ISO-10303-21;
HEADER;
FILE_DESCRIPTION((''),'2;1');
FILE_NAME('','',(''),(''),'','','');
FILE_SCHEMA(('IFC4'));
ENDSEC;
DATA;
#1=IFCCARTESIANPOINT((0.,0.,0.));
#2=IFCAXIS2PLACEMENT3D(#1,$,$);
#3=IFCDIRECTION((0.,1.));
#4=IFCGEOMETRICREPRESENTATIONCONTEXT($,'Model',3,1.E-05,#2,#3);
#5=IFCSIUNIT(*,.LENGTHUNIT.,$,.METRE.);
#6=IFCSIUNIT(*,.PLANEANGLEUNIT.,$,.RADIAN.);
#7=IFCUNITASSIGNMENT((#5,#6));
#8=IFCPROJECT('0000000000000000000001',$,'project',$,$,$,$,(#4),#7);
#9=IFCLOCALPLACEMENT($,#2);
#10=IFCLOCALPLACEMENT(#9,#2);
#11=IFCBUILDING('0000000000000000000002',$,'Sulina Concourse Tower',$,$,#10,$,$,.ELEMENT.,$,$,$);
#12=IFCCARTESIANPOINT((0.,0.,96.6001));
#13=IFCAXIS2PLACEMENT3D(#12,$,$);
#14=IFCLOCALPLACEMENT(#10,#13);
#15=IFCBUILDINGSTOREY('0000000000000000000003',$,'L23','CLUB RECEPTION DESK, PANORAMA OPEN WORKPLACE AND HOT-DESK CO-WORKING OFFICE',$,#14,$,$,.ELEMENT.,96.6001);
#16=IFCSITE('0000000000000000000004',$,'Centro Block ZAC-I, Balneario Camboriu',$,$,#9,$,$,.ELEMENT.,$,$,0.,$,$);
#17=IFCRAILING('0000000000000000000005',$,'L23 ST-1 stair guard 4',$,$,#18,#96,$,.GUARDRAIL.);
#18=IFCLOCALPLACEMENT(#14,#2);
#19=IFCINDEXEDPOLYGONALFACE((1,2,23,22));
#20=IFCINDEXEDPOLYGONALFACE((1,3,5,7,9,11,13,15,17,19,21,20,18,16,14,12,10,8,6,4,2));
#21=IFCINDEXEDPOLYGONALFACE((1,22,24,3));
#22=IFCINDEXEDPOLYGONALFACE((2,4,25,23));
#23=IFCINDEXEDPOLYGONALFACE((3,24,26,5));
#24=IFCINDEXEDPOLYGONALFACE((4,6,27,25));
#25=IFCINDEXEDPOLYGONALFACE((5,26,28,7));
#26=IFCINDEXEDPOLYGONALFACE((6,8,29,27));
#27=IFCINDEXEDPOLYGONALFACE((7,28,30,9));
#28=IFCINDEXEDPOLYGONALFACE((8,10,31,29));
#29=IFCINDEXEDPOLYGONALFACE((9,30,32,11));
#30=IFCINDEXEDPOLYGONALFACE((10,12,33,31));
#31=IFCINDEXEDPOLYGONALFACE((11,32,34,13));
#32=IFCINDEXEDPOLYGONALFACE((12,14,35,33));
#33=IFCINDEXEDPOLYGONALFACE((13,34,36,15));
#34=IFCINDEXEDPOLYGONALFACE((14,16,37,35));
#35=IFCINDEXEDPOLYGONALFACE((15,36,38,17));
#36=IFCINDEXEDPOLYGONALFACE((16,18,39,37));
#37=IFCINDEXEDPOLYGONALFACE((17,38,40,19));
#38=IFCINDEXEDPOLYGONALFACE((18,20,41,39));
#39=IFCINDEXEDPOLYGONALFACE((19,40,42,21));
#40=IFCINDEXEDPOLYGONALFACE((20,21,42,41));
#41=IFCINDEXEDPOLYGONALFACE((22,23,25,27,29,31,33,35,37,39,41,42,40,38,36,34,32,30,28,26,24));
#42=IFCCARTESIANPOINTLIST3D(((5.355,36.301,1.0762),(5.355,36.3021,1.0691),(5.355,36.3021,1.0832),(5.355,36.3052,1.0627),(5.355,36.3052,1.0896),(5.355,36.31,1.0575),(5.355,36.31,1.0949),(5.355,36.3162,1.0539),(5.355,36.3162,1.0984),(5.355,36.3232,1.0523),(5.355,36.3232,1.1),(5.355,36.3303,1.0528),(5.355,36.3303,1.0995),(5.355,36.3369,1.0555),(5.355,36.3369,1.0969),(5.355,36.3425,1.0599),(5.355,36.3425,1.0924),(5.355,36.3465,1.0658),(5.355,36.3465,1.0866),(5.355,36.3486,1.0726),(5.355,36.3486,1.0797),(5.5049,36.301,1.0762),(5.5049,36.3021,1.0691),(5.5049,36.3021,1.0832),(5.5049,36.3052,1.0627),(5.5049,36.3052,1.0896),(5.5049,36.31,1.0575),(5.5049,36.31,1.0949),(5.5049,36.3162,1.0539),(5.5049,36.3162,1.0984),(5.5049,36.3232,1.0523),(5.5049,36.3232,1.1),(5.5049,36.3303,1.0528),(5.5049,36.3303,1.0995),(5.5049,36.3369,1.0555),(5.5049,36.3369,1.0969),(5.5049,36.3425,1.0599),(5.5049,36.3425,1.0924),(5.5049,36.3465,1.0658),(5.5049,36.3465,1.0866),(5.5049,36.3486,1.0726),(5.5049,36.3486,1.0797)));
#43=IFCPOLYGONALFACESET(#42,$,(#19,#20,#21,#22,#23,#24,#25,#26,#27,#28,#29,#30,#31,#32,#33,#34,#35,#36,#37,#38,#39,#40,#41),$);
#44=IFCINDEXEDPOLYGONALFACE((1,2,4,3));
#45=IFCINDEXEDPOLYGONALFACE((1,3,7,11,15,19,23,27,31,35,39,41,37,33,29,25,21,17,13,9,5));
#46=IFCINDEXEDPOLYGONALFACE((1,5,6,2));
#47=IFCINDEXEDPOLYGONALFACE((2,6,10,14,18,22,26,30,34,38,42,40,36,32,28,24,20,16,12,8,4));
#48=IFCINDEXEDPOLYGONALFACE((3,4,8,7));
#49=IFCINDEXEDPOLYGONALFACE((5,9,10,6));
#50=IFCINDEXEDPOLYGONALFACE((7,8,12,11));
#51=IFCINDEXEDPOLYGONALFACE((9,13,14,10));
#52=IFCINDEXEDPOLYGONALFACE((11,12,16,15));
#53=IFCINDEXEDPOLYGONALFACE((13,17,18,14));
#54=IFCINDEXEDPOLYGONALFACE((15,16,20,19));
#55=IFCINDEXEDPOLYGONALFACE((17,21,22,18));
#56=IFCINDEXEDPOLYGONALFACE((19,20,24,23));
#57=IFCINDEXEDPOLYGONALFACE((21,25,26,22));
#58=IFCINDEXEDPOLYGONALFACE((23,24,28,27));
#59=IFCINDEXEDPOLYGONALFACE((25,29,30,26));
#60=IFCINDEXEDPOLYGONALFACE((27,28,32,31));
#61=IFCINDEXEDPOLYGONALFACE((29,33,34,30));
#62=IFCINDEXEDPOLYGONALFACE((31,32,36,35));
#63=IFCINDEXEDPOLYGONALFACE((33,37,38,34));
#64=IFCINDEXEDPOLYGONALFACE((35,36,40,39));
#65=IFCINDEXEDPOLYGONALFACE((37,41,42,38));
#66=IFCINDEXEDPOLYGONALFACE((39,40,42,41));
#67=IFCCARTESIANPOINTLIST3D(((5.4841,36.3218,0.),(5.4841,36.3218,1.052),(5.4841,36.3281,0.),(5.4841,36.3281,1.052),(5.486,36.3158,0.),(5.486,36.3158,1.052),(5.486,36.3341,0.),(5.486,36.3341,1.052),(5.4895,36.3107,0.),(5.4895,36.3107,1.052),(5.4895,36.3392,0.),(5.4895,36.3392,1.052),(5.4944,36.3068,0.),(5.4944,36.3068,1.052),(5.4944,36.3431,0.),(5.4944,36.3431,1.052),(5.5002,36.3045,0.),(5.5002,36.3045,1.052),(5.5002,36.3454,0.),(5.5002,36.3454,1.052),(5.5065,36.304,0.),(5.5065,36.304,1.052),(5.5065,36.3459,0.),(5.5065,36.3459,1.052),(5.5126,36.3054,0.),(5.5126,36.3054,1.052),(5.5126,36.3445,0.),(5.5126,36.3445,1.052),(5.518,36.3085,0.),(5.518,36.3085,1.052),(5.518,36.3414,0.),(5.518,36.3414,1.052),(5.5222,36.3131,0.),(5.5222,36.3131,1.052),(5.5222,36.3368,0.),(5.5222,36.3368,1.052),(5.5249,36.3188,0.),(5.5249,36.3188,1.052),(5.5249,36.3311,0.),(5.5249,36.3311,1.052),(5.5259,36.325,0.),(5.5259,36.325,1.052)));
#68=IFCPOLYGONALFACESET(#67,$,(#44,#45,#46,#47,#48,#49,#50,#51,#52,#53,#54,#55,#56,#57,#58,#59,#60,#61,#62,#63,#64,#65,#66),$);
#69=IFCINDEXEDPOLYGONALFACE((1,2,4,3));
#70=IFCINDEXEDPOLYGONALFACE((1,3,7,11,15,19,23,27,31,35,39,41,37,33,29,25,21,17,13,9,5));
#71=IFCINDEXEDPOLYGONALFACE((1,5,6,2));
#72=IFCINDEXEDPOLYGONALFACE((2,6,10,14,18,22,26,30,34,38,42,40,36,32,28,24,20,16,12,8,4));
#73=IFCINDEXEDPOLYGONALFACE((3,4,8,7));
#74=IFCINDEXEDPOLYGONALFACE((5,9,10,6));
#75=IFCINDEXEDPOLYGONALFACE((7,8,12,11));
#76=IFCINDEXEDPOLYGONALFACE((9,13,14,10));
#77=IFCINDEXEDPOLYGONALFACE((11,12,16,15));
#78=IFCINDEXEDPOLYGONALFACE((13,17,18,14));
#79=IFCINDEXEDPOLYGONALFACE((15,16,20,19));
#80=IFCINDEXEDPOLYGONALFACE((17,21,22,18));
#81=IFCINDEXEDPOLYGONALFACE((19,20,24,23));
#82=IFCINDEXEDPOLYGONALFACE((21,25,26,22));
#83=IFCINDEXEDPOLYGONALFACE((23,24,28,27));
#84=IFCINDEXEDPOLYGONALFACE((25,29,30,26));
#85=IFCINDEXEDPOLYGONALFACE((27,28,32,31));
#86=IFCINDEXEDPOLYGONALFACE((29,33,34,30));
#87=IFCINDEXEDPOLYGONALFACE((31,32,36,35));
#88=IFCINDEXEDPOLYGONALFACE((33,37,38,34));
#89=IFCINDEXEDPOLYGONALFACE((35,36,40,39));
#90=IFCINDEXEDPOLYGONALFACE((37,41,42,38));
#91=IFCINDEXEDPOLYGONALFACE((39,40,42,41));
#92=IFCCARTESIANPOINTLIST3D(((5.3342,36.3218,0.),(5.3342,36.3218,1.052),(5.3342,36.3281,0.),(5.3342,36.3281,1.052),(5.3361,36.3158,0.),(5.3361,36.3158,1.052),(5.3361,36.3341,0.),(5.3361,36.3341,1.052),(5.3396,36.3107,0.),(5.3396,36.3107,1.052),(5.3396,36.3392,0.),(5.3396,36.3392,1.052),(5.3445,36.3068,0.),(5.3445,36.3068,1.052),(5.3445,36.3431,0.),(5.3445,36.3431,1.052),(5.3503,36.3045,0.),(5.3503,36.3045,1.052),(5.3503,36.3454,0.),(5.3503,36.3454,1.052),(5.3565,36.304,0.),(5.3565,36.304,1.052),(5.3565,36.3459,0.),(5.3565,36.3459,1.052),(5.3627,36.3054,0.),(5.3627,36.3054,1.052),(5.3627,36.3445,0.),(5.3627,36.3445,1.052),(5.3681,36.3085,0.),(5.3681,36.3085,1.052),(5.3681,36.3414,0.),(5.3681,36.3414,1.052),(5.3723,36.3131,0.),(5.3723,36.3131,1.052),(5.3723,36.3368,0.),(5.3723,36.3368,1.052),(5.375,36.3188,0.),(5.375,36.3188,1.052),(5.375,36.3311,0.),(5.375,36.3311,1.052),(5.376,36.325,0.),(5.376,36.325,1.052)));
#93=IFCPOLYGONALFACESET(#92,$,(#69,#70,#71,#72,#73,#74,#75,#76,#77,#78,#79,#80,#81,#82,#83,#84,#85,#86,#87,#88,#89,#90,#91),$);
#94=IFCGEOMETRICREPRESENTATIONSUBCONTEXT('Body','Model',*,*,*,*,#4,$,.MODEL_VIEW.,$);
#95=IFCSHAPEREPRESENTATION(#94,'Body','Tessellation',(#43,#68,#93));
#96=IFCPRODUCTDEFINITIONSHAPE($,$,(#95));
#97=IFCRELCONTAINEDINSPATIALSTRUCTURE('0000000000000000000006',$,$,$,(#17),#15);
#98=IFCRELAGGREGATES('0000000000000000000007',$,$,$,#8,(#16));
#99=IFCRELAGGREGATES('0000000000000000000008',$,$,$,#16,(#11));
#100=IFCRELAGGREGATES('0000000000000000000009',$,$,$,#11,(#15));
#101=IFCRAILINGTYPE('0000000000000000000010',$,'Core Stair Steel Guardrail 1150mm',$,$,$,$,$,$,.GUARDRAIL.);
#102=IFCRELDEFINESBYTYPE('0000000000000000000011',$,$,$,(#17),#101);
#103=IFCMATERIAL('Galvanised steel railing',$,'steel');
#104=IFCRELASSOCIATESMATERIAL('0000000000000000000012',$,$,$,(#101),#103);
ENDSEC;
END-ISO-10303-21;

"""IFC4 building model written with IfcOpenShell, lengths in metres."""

from ifc_helpers import new_model, si_unit, direction, frame, origin, origin_2d, place, context, subcontext, project, spatial, circle, extrude, material, type_object, element, save


model = new_model("IFC4")

# Units and contexts
model_context = context("Model", 3, precision=1e-05, world=origin(), true_north=direction((0.0, 1.0)))
body_context = subcontext(model_context, "Body", "Model", "MODEL_VIEW")
ifc_project = project(units=[si_unit("LENGTHUNIT", "METRE"), si_unit("PLANEANGLEUNIT", "RADIAN")], contexts=[model_context])

# Site, building, storey
site_placement = place(None, origin())
site = spatial("IfcSite", under=ifc_project, at=site_placement, Name="Centro Block ZAC-I, Balneario Camboriu", CompositionType="ELEMENT", RefElevation=0.0)
building_placement = place(site_placement, origin())
building = spatial("IfcBuilding", under=site, at=building_placement, Name="Sulina Concourse Tower", CompositionType="ELEMENT")
storey_placement = place(building_placement, frame((0.0, 0.0, 96.6001)))
storey = spatial("IfcBuildingStorey", under=building, at=storey_placement, Name="L23", Description="CLUB RECEPTION DESK, PANORAMA OPEN WORKPLACE AND HOT-DESK CO-WORKING OFFICE", CompositionType="ELEMENT", Elevation=96.6001)

# Railing
ifc_material_1 = material(Name="Galvanised steel railing", Category="steel")
railing_type_1 = type_object("IfcRailingType", Name="Core Stair Steel Guardrail 1150mm", PredefinedType="GUARDRAIL", material=ifc_material_1)
railing_1_placement = place(storey_placement, frame((5.5049, 36.325, 0.0)))
element("IfcRailing", 1, at=railing_1_placement, inside=storey, type_object=railing_type_1, Name="L23 ST-1 stair guard 4", PredefinedType="GUARDRAIL", context=body_context, shape_type="SweptSolid", body=[
    extrude(circle(Radius=0.0239, at=origin_2d()), frame((0.0, 0.0, 1.0762), z_axis=(-1.0, 0.0, 0.0), x_axis=(0.0, -1.0, 0.0)), (0.0, 0.0, 1.0), 0.1499),
    extrude(circle(Radius=0.021, at=origin_2d()), origin(), (0.0, 0.0, 1.0), 1.052),
    extrude(circle(Radius=0.021, at=origin_2d()), frame((-0.1499, 0.0, 0.0)), (0.0, 0.0, 1.0), 1.052),
])

save(model, "model.ifc")
